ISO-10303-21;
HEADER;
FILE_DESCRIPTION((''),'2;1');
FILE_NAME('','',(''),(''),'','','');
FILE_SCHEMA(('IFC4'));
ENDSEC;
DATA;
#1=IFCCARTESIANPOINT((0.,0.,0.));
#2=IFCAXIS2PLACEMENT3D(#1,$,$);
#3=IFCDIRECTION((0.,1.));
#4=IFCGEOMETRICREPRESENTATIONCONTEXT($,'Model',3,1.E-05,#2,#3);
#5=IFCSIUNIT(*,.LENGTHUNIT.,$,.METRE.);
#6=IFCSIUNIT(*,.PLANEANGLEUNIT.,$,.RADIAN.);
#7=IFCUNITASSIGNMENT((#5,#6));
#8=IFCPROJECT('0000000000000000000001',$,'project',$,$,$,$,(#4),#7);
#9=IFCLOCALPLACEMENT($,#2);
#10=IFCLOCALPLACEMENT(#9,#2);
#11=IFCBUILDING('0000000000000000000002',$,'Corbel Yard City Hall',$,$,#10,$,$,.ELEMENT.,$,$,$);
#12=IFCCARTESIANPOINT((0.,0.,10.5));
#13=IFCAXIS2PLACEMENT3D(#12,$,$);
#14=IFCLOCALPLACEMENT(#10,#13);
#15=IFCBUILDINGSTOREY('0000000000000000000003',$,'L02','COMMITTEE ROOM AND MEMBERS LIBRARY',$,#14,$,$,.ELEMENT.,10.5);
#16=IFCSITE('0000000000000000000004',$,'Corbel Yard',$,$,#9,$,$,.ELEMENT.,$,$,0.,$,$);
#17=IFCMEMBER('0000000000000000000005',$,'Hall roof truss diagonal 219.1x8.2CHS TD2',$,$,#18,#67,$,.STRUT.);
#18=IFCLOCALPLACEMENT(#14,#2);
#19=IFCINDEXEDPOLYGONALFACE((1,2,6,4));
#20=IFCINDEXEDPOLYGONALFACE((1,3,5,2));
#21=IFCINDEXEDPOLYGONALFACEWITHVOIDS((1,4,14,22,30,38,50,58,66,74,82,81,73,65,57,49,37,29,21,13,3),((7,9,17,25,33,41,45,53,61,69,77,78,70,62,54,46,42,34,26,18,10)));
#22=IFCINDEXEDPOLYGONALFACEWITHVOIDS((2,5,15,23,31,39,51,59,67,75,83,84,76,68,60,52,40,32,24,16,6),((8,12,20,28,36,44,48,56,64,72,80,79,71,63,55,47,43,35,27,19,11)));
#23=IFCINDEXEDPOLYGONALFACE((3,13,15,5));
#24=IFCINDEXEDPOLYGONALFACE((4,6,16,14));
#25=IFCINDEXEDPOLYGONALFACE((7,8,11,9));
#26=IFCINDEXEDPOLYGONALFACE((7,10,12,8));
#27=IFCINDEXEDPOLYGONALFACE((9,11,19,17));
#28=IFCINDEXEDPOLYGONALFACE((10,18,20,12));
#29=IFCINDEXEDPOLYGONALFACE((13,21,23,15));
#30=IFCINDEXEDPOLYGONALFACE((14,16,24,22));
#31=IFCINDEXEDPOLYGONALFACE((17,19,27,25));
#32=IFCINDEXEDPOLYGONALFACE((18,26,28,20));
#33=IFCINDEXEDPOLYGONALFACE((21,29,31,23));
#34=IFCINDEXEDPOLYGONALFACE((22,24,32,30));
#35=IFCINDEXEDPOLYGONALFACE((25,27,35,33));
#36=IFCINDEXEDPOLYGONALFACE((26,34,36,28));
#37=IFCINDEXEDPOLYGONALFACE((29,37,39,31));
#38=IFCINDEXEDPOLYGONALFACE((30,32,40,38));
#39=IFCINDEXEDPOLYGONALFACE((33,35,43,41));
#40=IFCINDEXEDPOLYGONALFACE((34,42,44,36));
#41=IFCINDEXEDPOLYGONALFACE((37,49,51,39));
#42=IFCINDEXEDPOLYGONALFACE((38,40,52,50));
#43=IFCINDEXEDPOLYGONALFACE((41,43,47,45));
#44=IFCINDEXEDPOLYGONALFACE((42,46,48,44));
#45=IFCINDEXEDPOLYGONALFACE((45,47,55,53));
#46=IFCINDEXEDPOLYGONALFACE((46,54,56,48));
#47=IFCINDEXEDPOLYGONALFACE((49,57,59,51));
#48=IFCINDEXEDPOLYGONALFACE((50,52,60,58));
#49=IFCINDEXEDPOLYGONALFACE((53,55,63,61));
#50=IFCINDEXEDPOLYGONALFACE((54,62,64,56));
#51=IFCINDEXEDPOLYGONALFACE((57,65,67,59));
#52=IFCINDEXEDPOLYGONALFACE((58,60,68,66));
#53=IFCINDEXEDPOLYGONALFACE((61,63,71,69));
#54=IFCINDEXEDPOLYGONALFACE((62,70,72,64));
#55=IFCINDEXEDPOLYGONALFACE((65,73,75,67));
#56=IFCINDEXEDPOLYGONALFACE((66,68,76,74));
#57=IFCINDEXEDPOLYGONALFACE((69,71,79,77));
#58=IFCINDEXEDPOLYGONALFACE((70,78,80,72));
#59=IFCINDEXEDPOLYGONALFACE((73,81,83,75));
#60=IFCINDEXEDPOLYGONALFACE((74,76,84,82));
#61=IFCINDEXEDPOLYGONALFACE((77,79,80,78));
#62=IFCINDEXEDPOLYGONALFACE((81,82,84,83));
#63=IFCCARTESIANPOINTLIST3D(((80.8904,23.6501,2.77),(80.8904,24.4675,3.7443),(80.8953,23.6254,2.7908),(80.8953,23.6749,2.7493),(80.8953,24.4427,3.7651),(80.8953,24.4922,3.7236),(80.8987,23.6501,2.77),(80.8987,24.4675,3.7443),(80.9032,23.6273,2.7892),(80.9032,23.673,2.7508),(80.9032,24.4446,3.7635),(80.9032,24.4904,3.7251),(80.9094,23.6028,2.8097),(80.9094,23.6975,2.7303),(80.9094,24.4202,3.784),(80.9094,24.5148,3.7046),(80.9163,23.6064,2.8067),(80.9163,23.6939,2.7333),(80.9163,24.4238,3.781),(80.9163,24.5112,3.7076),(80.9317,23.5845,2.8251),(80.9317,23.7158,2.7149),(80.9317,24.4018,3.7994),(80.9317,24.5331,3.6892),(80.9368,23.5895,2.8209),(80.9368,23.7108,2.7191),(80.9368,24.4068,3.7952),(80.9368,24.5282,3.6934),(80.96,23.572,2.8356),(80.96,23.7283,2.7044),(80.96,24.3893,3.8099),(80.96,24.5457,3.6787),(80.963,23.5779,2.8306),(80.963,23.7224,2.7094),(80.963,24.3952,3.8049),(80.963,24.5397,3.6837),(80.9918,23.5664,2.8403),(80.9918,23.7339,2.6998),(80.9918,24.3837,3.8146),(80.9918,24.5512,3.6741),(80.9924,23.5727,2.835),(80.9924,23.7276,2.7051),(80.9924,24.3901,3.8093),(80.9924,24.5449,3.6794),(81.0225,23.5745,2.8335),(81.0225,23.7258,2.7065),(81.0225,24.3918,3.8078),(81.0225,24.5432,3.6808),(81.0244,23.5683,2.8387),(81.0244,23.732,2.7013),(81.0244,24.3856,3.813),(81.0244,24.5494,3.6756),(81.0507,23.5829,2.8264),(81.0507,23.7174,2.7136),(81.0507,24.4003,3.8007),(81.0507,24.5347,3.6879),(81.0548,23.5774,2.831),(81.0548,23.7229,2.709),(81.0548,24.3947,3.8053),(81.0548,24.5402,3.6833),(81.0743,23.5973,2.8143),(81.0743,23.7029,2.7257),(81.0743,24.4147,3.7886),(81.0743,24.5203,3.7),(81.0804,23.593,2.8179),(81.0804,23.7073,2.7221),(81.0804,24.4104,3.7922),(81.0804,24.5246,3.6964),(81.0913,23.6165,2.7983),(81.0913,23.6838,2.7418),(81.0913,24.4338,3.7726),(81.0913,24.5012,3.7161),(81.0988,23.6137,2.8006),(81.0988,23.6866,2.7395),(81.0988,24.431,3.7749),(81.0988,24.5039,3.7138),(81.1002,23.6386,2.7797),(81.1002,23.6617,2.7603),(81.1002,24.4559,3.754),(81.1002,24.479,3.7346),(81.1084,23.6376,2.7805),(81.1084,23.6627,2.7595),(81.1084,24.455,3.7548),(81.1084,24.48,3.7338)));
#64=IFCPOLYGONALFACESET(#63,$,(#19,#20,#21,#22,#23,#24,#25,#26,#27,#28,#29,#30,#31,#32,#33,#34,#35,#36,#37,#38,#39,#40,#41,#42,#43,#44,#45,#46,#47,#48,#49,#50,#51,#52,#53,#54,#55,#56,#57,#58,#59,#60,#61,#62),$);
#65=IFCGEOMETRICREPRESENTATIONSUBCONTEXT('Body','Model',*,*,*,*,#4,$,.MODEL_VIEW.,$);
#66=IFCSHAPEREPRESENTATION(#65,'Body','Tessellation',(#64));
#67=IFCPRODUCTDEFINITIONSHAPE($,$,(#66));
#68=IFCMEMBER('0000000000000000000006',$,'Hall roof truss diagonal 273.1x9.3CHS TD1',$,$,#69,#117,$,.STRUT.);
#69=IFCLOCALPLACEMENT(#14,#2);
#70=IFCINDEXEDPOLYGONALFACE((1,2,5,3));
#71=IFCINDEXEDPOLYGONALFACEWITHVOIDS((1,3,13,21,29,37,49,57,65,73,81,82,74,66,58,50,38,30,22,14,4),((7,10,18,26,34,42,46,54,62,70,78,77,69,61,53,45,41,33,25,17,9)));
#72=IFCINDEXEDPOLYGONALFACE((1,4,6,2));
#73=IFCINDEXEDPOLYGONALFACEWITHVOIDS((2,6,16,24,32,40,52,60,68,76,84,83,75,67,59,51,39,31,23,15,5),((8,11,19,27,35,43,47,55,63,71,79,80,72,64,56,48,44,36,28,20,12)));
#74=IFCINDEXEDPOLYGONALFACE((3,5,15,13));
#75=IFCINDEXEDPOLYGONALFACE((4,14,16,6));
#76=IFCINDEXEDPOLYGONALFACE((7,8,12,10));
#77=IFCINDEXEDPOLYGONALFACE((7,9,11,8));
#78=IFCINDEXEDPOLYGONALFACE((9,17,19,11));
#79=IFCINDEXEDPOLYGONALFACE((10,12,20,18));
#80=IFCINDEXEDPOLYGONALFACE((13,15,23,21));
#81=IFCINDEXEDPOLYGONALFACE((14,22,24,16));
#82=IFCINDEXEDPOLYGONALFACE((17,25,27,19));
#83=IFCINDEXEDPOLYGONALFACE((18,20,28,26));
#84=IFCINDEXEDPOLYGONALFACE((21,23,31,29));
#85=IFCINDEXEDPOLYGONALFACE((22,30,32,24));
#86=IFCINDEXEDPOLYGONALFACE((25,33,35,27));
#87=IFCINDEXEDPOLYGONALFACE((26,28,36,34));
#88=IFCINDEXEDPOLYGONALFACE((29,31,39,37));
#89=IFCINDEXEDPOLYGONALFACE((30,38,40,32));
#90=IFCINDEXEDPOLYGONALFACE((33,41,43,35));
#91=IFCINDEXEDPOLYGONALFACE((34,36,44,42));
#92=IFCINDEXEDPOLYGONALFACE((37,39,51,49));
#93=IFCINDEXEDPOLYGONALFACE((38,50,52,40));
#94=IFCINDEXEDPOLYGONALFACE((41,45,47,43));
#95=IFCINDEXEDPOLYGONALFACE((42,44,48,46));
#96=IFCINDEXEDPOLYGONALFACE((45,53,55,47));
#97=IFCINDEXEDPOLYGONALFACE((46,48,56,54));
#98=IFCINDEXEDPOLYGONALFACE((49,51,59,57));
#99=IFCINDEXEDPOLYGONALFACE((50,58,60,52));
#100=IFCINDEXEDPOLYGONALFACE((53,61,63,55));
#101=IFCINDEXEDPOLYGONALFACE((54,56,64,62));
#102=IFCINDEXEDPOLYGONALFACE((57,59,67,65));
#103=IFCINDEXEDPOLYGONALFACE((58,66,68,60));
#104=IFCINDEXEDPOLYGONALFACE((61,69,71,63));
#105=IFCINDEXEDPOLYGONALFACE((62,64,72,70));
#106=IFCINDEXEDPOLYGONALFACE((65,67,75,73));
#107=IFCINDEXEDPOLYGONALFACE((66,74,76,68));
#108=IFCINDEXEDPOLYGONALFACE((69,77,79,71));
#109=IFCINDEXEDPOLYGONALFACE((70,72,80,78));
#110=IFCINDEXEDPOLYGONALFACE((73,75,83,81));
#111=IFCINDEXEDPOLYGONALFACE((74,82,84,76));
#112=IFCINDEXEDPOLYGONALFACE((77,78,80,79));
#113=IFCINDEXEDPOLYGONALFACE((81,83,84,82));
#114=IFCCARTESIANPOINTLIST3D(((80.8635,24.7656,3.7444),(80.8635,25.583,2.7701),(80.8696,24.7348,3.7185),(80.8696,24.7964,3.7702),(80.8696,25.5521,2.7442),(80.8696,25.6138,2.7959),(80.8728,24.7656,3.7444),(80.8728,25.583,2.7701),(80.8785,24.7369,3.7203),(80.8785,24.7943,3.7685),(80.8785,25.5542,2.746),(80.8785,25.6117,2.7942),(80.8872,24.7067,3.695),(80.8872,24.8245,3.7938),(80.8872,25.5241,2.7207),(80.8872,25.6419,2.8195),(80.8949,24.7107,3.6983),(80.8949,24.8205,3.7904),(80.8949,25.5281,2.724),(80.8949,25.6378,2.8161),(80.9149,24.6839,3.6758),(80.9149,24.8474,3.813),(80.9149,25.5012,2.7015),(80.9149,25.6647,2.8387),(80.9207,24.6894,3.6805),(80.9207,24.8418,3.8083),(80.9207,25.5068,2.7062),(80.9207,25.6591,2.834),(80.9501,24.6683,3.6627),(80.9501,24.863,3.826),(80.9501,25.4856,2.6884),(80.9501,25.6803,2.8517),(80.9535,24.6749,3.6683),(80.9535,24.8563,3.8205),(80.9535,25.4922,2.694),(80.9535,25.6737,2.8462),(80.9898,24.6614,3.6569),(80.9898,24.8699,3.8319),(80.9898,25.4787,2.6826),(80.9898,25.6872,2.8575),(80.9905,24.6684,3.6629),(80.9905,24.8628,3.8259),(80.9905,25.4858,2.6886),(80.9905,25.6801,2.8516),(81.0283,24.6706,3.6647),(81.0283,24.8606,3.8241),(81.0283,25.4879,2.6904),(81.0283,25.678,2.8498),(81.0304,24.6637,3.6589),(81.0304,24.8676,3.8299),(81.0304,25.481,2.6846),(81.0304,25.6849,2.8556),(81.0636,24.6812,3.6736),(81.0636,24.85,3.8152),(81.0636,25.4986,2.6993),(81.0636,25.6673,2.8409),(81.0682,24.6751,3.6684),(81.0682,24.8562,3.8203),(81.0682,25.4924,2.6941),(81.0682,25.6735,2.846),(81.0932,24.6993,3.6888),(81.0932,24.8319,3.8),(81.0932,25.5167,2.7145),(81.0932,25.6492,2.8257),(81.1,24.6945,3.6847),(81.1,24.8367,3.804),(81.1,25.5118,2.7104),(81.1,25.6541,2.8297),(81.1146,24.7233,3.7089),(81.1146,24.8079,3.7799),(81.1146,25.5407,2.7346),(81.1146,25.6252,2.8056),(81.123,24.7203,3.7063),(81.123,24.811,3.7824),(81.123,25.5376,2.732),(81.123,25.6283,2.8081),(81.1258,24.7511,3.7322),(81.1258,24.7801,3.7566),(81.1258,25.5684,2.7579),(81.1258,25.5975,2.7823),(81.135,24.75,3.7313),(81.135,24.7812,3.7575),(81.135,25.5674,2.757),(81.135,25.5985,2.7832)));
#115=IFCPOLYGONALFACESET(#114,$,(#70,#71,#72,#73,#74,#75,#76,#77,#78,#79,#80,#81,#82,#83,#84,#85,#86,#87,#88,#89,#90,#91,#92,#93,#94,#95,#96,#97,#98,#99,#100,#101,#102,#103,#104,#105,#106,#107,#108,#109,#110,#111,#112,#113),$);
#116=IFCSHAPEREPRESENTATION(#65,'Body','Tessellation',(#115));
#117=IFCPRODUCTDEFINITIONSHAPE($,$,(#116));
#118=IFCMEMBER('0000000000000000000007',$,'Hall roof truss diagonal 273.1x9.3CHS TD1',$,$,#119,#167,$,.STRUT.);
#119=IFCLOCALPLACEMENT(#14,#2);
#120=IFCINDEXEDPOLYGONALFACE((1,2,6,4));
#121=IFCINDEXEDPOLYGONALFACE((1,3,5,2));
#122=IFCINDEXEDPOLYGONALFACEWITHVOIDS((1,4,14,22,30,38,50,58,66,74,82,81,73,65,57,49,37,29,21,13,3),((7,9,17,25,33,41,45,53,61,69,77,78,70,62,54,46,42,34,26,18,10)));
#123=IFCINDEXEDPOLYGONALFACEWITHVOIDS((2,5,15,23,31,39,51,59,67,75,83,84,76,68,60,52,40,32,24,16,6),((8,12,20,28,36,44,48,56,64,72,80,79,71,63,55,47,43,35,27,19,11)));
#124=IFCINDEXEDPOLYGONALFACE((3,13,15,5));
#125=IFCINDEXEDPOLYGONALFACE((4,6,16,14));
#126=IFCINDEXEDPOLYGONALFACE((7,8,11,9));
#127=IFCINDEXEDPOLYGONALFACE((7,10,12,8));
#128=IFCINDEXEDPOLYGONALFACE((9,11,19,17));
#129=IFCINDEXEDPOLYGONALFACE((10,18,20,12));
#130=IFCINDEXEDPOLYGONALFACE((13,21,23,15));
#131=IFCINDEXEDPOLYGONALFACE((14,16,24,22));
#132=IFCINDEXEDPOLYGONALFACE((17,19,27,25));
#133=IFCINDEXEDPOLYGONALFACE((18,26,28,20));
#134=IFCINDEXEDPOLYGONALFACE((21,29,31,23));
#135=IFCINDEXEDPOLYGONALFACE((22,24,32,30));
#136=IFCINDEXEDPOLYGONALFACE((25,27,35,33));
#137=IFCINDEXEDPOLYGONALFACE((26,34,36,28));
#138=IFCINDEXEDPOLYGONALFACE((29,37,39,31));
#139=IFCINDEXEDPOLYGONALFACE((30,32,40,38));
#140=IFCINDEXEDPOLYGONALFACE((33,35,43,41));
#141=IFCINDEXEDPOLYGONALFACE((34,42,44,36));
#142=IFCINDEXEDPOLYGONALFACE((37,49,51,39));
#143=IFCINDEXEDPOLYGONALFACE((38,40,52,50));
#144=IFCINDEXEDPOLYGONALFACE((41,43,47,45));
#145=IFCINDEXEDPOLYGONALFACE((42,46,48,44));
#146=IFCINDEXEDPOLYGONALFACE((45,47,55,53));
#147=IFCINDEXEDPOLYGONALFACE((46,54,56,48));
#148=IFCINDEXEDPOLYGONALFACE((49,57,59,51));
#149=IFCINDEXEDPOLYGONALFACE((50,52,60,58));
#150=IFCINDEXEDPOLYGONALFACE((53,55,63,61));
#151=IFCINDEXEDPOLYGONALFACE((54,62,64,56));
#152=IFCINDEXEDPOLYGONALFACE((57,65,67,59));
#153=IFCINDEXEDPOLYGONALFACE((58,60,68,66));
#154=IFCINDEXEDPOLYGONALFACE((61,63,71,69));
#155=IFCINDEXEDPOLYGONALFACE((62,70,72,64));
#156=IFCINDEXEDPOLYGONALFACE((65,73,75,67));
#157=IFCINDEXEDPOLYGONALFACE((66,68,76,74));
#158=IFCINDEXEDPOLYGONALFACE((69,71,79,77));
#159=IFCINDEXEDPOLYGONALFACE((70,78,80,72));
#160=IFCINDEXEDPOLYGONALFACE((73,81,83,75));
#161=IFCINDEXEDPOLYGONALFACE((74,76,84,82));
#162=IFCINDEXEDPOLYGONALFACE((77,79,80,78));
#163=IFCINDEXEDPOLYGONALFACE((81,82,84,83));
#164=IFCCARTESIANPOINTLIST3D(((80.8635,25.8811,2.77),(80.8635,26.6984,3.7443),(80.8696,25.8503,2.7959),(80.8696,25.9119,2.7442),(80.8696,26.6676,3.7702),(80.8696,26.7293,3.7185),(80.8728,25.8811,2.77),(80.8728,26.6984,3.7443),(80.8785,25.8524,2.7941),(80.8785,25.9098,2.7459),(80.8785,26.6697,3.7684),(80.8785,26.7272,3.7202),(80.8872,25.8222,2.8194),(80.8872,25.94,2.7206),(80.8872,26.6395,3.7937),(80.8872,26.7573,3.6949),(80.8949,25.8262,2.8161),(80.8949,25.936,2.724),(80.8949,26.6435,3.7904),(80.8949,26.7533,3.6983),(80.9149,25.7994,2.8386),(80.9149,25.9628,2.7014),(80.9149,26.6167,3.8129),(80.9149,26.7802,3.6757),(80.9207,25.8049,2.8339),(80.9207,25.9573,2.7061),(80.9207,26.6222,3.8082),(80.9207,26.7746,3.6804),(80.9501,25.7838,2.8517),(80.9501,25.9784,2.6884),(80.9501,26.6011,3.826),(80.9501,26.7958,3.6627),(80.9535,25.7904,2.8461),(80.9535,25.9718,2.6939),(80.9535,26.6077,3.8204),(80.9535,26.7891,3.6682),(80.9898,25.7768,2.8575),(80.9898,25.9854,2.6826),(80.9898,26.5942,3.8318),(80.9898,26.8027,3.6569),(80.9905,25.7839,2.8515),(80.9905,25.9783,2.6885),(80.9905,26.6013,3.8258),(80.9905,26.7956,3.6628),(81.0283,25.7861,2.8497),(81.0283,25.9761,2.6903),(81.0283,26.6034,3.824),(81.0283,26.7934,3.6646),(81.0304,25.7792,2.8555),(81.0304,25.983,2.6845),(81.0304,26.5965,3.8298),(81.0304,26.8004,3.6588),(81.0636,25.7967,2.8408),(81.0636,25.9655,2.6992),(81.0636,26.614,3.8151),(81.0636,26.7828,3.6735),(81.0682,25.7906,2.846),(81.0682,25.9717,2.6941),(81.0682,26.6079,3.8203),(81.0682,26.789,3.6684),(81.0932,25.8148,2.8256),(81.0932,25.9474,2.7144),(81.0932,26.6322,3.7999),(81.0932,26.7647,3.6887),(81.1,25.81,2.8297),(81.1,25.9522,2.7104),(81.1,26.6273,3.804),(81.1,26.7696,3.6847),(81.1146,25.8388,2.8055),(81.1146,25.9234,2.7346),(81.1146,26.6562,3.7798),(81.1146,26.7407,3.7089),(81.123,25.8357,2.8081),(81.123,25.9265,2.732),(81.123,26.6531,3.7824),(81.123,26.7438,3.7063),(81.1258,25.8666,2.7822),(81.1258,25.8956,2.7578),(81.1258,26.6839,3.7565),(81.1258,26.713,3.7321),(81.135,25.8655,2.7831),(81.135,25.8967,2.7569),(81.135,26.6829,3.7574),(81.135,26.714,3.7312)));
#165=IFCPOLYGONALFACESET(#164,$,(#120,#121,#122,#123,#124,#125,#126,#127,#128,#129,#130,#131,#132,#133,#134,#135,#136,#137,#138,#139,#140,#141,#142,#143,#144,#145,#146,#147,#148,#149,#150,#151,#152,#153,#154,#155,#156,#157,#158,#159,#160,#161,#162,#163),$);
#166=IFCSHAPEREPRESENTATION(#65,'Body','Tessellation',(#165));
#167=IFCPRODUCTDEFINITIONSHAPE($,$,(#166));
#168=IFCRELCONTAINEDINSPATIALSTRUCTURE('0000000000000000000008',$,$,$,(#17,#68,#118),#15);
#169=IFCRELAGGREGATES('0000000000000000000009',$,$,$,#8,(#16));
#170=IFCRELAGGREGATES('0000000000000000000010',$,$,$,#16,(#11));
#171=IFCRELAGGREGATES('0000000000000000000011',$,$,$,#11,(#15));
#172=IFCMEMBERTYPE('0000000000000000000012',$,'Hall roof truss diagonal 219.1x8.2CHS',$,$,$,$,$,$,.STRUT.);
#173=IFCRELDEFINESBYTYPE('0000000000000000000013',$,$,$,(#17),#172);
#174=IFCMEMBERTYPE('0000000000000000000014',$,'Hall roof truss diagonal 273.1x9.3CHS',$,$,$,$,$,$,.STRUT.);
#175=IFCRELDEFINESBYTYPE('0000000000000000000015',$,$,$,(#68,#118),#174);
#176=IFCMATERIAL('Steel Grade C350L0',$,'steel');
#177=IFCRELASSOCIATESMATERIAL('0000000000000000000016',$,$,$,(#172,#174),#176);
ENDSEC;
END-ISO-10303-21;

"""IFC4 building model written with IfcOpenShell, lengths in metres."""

from ifc_helpers import new_model, si_unit, direction, frame, origin, origin_2d, place, context, subcontext, project, spatial, hollow_circle, extrude, material, material_profile, profile_set, type_object, element, save


model = new_model("IFC4")

# Units and contexts
model_context = context("Model", 3, precision=1e-05, world=origin(), true_north=direction((0.0, 1.0)))
body_context = subcontext(model_context, "Body", "Model", "MODEL_VIEW")
ifc_project = project(units=[si_unit("LENGTHUNIT", "METRE"), si_unit("PLANEANGLEUNIT", "RADIAN")], contexts=[model_context])

# Site, building, storey
site_placement = place(None, origin())
site = spatial("IfcSite", under=ifc_project, at=site_placement, Name="Corbel Yard", CompositionType="ELEMENT", RefElevation=0.0)
building_placement = place(site_placement, origin())
building = spatial("IfcBuilding", under=site, at=building_placement, Name="Corbel Yard City Hall", CompositionType="ELEMENT")
storey_placement = place(building_placement, frame((0.0, 0.0, 10.5)))
storey = spatial("IfcBuildingStorey", under=building, at=storey_placement, Name="L02", Description="COMMITTEE ROOM AND MEMBERS LIBRARY", CompositionType="ELEMENT", Elevation=10.5)

# Members
ifc_material_1 = material(Name="Steel Grade C350L0", Category="steel")
ifc_material_profile_1 = material_profile(ifc_material_1, hollow_circle(Radius=0.1096, WallThickness=0.0083, at=origin_2d()), Name="219.1x8.2CHS")
ifc_profile_set_1 = profile_set([ifc_material_profile_1], Name="Steel Grade C350L0")
member_type_1 = type_object("IfcMemberType", Name="Hall roof truss diagonal 219.1x8.2CHS", PredefinedType="STRUT", material=ifc_profile_set_1)
for number, where, z_axis, x_axis, name in (
    (1, (81.0, 23.6501, 2.77), (0.0, 0.642692, 0.766124), (-1.0, 0.0, 0.0), "Hall roof truss diagonal 219.1x8.2CHS TD2"),
):
    element("IfcMember", number, at=place(storey_placement, frame(where, z_axis=z_axis, x_axis=x_axis)), inside=storey, type_object=member_type_1, Name=name, PredefinedType="STRUT", context=body_context, shape_type="SweptSolid", body=[
        extrude(hollow_circle(Radius=0.1096, WallThickness=0.0083, at=origin_2d()), origin(), (0.0, 0.0, 1.0), 1.2717),
    ])
ifc_material_profile_2 = material_profile(ifc_material_1, hollow_circle(Radius=0.1365, WallThickness=0.0093, at=origin_2d()), Name="273.1x9.3CHS")
ifc_profile_set_2 = profile_set([ifc_material_profile_2], Name="Steel Grade C350L0")
member_type_2 = type_object("IfcMemberType", Name="Hall roof truss diagonal 273.1x9.3CHS", PredefinedType="STRUT", material=ifc_profile_set_2)
for number, where, z_axis, x_axis, name in (
    (2, (81.0, 24.7656, 3.7444), (0.0, 0.642692, -0.766124), (-1.0, 0.0, 0.0), "Hall roof truss diagonal 273.1x9.3CHS TD1"),
    (3, (81.0, 25.8811, 2.77), (0.0, 0.642692, 0.766124), (-1.0, 0.0, 0.0), "Hall roof truss diagonal 273.1x9.3CHS TD1"),
):
    element("IfcMember", number, at=place(storey_placement, frame(where, z_axis=z_axis, x_axis=x_axis)), inside=storey, type_object=member_type_2, Name=name, PredefinedType="STRUT", context=body_context, shape_type="SweptSolid", body=[
        extrude(hollow_circle(Radius=0.1365, WallThickness=0.0093, at=origin_2d()), origin(), (0.0, 0.0, 1.0), 1.2717),
    ])

save(model, "model.ifc")
